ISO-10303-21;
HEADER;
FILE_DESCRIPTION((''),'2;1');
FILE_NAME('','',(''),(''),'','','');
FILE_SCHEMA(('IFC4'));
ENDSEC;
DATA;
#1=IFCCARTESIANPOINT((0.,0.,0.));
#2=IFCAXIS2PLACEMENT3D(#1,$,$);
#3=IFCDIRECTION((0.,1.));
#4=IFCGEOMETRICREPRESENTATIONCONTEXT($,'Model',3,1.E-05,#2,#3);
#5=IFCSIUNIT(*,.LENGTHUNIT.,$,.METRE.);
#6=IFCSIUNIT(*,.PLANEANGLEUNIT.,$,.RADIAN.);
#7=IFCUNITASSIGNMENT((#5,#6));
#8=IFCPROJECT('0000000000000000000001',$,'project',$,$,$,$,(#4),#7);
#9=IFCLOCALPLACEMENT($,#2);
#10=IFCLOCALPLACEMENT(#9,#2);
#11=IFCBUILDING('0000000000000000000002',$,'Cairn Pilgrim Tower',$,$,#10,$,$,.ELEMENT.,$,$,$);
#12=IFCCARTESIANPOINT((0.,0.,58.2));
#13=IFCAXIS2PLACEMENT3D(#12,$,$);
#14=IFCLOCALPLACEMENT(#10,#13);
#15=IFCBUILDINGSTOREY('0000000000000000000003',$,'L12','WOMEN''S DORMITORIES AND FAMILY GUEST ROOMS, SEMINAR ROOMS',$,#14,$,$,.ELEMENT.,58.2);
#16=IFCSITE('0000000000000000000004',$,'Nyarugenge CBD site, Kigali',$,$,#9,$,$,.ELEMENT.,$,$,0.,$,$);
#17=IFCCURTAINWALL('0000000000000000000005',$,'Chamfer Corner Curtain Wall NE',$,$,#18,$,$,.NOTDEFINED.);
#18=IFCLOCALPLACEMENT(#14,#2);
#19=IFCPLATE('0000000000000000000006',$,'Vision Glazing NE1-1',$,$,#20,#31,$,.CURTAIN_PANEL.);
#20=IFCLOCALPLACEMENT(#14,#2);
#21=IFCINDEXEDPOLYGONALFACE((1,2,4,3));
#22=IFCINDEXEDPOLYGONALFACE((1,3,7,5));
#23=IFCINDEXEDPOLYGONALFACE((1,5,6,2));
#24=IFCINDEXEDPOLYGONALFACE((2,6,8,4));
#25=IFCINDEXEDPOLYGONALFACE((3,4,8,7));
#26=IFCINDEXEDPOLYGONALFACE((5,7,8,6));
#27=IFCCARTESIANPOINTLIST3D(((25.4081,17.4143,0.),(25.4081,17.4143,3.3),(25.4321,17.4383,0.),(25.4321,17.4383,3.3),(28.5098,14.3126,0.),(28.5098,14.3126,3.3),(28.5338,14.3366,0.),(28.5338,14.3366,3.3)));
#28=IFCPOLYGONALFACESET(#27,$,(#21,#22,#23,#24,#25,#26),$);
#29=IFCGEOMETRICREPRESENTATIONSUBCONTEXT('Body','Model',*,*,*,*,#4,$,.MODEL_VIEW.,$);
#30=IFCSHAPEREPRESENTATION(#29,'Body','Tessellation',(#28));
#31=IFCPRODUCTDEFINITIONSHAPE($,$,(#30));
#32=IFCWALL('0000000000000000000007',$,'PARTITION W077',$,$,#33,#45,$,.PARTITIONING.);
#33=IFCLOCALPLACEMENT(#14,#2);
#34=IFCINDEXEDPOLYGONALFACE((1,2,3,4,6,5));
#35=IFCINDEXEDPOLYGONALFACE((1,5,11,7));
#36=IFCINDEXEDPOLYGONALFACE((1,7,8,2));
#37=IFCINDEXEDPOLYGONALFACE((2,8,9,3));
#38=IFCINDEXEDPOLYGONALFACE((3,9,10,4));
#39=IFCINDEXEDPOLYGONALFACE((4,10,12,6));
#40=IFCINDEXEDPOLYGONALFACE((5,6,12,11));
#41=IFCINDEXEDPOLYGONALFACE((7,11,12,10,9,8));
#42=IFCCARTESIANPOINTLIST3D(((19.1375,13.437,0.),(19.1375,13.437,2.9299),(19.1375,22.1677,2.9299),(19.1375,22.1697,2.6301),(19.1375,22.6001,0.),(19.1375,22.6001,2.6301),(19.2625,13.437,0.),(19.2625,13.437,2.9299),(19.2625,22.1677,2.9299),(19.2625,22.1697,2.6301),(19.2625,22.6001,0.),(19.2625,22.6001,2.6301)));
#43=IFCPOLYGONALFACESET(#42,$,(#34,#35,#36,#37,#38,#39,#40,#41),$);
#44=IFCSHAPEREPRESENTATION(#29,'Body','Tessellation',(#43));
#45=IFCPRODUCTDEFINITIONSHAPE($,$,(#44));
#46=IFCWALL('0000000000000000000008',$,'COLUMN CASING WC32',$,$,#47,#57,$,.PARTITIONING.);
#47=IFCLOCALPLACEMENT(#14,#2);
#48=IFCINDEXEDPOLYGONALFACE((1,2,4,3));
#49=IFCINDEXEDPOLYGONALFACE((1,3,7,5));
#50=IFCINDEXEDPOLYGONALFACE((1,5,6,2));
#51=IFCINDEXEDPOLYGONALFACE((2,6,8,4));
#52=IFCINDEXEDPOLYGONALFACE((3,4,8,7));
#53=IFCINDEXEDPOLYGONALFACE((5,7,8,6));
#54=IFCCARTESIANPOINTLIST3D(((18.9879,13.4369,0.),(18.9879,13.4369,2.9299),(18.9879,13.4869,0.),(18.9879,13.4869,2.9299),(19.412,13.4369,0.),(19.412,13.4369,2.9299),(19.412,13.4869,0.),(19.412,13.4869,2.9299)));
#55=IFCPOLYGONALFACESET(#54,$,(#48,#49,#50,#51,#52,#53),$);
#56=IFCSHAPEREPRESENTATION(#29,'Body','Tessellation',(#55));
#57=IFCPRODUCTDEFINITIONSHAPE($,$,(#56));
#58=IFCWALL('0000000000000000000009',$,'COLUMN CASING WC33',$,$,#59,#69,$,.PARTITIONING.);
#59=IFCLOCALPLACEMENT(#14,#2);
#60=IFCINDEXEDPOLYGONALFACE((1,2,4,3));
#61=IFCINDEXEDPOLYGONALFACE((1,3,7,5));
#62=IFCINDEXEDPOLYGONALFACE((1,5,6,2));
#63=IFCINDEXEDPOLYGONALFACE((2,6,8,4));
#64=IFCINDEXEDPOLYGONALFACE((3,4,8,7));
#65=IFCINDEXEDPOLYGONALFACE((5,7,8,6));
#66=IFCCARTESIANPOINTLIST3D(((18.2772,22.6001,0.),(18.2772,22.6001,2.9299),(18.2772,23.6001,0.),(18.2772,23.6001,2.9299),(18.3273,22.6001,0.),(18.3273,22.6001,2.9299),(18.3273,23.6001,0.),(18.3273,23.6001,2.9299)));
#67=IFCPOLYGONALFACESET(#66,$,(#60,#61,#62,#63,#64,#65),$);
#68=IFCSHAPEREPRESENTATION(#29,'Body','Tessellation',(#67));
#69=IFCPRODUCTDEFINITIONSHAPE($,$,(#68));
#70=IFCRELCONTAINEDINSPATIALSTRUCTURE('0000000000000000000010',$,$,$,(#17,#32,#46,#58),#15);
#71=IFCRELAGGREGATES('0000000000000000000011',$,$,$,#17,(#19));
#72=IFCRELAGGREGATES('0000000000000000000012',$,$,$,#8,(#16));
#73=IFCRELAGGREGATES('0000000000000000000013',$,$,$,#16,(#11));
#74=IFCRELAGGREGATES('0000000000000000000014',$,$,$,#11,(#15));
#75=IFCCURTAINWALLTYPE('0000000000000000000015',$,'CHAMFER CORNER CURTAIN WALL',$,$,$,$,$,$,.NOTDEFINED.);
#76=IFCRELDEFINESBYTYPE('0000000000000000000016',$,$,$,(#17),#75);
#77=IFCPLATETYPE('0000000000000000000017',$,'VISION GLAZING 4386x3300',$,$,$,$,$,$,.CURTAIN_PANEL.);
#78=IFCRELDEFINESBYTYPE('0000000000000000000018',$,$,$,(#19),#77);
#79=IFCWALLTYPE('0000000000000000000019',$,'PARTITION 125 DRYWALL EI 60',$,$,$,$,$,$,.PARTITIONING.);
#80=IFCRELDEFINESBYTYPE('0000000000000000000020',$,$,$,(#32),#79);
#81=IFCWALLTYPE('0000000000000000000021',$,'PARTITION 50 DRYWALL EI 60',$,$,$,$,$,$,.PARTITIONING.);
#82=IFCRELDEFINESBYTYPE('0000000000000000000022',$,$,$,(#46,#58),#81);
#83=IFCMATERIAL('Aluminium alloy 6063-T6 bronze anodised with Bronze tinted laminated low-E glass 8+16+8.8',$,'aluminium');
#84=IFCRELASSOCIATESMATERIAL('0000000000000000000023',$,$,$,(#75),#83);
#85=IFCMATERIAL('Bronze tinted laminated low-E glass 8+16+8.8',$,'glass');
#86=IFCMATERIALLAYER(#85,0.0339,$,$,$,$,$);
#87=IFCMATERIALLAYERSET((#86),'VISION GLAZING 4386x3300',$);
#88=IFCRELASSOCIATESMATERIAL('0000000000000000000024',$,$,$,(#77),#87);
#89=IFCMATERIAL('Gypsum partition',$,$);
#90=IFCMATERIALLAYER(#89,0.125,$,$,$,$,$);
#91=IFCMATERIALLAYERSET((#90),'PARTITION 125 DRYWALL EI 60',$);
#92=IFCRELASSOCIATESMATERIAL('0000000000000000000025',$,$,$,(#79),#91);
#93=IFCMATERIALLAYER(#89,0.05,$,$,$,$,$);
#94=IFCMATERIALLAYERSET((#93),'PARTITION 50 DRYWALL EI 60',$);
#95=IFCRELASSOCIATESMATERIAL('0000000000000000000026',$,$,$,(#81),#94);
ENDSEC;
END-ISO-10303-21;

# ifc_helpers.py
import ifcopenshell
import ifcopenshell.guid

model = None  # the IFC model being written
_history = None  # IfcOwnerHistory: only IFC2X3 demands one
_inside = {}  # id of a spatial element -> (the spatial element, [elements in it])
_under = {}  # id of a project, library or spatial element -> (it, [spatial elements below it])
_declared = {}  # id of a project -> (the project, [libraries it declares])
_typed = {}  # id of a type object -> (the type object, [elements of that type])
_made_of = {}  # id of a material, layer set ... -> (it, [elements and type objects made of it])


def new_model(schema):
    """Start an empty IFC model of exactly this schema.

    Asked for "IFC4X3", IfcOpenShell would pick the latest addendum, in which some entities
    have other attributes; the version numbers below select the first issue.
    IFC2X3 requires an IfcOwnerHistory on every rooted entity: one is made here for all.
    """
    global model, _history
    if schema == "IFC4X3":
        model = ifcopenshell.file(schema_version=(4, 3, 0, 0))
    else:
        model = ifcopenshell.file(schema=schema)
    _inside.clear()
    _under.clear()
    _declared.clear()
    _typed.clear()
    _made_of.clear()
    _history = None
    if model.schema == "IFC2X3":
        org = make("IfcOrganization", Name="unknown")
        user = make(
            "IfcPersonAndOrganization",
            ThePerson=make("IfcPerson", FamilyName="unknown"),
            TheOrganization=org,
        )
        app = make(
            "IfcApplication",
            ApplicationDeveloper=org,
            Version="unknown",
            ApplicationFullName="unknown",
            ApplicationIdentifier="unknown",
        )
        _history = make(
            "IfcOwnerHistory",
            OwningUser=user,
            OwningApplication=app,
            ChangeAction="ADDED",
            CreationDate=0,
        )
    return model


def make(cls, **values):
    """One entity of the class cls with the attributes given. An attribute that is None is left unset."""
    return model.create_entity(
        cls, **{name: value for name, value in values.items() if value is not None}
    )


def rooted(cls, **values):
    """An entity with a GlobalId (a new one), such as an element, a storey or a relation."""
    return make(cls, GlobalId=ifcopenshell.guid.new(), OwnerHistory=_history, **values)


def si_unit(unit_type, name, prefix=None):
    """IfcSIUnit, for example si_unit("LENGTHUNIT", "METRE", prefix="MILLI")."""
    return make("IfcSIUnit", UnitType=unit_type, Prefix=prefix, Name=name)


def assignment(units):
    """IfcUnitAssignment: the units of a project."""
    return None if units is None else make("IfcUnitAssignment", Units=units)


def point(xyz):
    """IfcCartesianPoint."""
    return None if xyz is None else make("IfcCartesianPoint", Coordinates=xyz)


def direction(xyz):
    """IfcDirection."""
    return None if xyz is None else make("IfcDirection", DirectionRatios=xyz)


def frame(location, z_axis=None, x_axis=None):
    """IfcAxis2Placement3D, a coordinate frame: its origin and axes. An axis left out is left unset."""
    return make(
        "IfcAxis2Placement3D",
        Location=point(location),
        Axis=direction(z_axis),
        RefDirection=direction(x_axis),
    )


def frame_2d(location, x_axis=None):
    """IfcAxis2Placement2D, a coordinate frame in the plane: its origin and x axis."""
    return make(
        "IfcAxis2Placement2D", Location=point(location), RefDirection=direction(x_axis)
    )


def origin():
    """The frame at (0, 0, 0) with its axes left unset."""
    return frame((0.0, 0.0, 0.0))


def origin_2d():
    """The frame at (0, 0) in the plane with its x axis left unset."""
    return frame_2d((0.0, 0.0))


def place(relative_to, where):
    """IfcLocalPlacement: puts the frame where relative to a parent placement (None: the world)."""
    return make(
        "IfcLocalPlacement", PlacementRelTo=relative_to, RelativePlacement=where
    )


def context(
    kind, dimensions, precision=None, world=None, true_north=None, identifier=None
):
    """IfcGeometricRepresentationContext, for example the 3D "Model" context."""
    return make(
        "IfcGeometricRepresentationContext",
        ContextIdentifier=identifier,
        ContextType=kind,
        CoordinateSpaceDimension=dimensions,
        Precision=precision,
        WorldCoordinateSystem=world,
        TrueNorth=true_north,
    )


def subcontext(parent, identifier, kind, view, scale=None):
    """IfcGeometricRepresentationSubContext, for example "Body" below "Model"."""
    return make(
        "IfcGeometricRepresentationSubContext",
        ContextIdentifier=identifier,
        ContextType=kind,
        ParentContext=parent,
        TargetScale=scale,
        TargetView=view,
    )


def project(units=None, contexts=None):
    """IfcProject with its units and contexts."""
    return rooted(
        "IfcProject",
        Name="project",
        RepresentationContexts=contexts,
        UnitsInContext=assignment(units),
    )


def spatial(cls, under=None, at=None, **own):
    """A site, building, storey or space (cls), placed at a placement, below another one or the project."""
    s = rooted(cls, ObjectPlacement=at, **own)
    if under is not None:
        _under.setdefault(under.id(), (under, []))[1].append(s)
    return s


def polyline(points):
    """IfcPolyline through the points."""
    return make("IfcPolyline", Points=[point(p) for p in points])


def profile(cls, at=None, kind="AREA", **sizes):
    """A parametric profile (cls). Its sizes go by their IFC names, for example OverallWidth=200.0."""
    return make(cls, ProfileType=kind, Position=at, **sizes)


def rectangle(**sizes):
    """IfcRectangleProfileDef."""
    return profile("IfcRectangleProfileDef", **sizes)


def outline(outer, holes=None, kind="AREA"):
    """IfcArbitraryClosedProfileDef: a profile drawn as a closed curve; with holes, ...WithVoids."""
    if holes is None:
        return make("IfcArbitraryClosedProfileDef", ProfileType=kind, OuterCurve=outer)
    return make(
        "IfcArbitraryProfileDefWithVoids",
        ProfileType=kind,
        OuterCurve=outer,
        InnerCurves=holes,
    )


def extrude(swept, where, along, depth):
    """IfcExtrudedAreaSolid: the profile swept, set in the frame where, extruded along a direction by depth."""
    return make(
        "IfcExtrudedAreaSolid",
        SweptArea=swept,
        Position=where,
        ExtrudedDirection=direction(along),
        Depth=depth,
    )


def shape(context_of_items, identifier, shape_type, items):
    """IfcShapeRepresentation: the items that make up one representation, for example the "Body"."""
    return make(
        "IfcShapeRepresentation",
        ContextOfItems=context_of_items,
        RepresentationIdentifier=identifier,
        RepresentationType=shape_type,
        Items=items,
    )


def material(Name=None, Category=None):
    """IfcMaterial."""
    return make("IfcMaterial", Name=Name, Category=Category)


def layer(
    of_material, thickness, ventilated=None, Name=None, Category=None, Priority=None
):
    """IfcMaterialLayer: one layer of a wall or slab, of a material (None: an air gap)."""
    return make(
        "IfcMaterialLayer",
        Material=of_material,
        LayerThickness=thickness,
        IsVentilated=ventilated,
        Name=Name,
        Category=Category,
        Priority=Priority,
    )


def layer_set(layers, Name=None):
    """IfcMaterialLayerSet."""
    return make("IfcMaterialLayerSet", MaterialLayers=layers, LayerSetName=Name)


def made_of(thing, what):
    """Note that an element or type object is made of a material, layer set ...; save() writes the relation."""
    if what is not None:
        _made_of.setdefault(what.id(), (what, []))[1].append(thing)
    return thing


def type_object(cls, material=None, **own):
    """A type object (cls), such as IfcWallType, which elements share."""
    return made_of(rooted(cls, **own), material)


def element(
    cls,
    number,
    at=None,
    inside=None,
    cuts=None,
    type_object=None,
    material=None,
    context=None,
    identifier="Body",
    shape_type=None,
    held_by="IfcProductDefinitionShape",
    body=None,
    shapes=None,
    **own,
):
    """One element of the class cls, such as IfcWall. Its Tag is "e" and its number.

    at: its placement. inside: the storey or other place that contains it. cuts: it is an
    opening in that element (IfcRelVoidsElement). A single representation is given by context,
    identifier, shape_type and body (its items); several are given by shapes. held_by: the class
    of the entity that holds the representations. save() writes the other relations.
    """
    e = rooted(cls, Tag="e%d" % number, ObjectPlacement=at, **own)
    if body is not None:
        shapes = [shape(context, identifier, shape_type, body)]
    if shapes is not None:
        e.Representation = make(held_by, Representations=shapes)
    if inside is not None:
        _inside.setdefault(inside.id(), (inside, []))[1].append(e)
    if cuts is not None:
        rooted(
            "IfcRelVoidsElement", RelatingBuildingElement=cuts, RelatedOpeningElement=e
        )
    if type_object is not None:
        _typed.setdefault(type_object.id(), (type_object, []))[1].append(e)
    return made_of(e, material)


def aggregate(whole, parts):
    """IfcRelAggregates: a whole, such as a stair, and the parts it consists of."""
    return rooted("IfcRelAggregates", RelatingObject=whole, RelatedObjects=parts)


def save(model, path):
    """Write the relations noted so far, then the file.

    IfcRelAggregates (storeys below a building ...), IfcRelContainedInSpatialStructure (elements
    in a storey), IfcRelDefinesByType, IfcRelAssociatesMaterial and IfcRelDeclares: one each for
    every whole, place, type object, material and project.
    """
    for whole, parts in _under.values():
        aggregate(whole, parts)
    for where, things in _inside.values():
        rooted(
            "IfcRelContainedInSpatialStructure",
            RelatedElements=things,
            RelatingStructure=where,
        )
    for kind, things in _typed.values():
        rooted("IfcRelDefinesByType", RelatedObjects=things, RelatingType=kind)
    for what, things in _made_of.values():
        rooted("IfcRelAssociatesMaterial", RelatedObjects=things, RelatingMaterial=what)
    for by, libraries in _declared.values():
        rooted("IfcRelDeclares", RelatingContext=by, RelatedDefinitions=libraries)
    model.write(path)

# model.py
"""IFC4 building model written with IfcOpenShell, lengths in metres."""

from ifc_helpers import new_model, si_unit, direction, frame, frame_2d, origin, origin_2d, place, context, subcontext, project, spatial, polyline, rectangle, outline, extrude, material, layer, layer_set, type_object, element, aggregate, save


model = new_model("IFC4")

# Units and contexts
model_context = context("Model", 3, precision=1e-05, world=origin(), true_north=direction((0.0, 1.0)))
body_context = subcontext(model_context, "Body", "Model", "MODEL_VIEW")
ifc_project = project(units=[si_unit("LENGTHUNIT", "METRE"), si_unit("PLANEANGLEUNIT", "RADIAN")], contexts=[model_context])

# Site, building, storey
site_placement = place(None, origin())
site = spatial("IfcSite", under=ifc_project, at=site_placement, Name="Nyarugenge CBD site, Kigali", CompositionType="ELEMENT", RefElevation=0.0)
building_placement = place(site_placement, origin())
building = spatial("IfcBuilding", under=site, at=building_placement, Name="Cairn Pilgrim Tower", CompositionType="ELEMENT")
storey_placement = place(building_placement, frame((0.0, 0.0, 58.2)))
storey = spatial("IfcBuildingStorey", under=building, at=storey_placement, Name="L12", Description="WOMEN'S DORMITORIES AND FAMILY GUEST ROOMS, SEMINAR ROOMS", CompositionType="ELEMENT", Elevation=58.2)

# Curtain wall
ifc_material_1 = material(Name="Aluminium alloy 6063-T6 bronze anodised with Bronze tinted laminated low-E glass 8+16+8.8", Category="aluminium")
curtain_wall_type_1 = type_object("IfcCurtainWallType", Name="CHAMFER CORNER CURTAIN WALL", PredefinedType="NOTDEFINED", material=ifc_material_1)
curtain_wall_1_placement = place(storey_placement, origin())
curtain_wall_1 = element("IfcCurtainWall", 1, at=curtain_wall_1_placement, inside=storey, type_object=curtain_wall_type_1, Name="Chamfer Corner Curtain Wall NE", PredefinedType="NOTDEFINED")

# Plate
ifc_material_2 = material(Name="Bronze tinted laminated low-E glass 8+16+8.8", Category="glass")
ifc_layer_1 = layer(ifc_material_2, 0.0339)
ifc_layer_set_1 = layer_set([ifc_layer_1], Name="VISION GLAZING 4386x3300")
plate_type_1 = type_object("IfcPlateType", Name="VISION GLAZING 4386x3300", PredefinedType="CURTAIN_PANEL", material=ifc_layer_set_1)
plate_1_placement = place(storey_placement, frame((26.9709, 15.8755, 0.0), z_axis=(0.0, 0.0, 1.0), x_axis=(-0.707107, 0.707107, 0.0)))
plate_1 = element("IfcPlate", 2, at=plate_1_placement, type_object=plate_type_1, Name="Vision Glazing NE1-1", PredefinedType="CURTAIN_PANEL", context=body_context, shape_type="SweptSolid", body=[
    extrude(rectangle(XDim=4.3865, YDim=0.0339, at=origin_2d()), origin(), (0.0, 0.0, 1.0), 3.3),
])
aggregate(curtain_wall_1, [plate_1])

# Walls
ifc_material_3 = material(Name="Gypsum partition")
ifc_layer_2 = layer(ifc_material_3, 0.125)
ifc_layer_set_2 = layer_set([ifc_layer_2], Name="PARTITION 125 DRYWALL EI 60")
wall_type_1 = type_object("IfcWallType", Name="PARTITION 125 DRYWALL EI 60", PredefinedType="PARTITIONING", material=ifc_layer_set_2)
wall_1_placement = place(storey_placement, frame((19.2, 13.437, 0.0), z_axis=(0.0, 0.0, 1.0), x_axis=(0.0, 1.0, 0.0)))
element("IfcWall", 3, at=wall_1_placement, inside=storey, type_object=wall_type_1, Name="PARTITION W077", PredefinedType="PARTITIONING", context=body_context, shape_type="SweptSolid", body=[
    extrude(outline(polyline([(0.0, 0.0), (9.1631, 0.0), (9.1631, 2.6301), (8.7327, 2.6301), (8.7307, 2.9299), (0.0, 2.9299), (0.0, 0.0)])), frame((0.0, 0.0625, 0.0), z_axis=(0.0, -1.0, 0.0), x_axis=(1.0, 0.0, 0.0)), (0.0, 0.0, 1.0), 0.125),
])
ifc_layer_3 = layer(ifc_material_3, 0.05)
ifc_layer_set_3 = layer_set([ifc_layer_3], Name="PARTITION 50 DRYWALL EI 60")
wall_type_2 = type_object("IfcWallType", Name="PARTITION 50 DRYWALL EI 60", PredefinedType="PARTITIONING", material=ifc_layer_set_3)
wall_2_placement = place(storey_placement, frame((18.988, 13.4619, 0.0), z_axis=(0.0, 0.0, 1.0), x_axis=(1.0, 0.0, 0.0)))
element("IfcWall", 4, at=wall_2_placement, inside=storey, type_object=wall_type_2, Name="COLUMN CASING WC32", PredefinedType="PARTITIONING", context=body_context, shape_type="SweptSolid", body=[
    extrude(rectangle(XDim=0.4241, YDim=0.05, at=frame_2d((0.2119, 0.0))), origin(), (0.0, 0.0, 1.0), 2.9299),
])
wall_3_placement = place(storey_placement, frame((18.3022, 22.6001, 0.0), z_axis=(0.0, 0.0, 1.0), x_axis=(0.0, 1.0, 0.0)))
element("IfcWall", 5, at=wall_3_placement, inside=storey, type_object=wall_type_2, Name="COLUMN CASING WC33", PredefinedType="PARTITIONING", context=body_context, shape_type="SweptSolid", body=[
    extrude(rectangle(XDim=1.0, YDim=0.05, at=frame_2d((0.5, 0.0))), origin(), (0.0, 0.0, 1.0), 2.9299),
])

save(model, "model.ifc")
